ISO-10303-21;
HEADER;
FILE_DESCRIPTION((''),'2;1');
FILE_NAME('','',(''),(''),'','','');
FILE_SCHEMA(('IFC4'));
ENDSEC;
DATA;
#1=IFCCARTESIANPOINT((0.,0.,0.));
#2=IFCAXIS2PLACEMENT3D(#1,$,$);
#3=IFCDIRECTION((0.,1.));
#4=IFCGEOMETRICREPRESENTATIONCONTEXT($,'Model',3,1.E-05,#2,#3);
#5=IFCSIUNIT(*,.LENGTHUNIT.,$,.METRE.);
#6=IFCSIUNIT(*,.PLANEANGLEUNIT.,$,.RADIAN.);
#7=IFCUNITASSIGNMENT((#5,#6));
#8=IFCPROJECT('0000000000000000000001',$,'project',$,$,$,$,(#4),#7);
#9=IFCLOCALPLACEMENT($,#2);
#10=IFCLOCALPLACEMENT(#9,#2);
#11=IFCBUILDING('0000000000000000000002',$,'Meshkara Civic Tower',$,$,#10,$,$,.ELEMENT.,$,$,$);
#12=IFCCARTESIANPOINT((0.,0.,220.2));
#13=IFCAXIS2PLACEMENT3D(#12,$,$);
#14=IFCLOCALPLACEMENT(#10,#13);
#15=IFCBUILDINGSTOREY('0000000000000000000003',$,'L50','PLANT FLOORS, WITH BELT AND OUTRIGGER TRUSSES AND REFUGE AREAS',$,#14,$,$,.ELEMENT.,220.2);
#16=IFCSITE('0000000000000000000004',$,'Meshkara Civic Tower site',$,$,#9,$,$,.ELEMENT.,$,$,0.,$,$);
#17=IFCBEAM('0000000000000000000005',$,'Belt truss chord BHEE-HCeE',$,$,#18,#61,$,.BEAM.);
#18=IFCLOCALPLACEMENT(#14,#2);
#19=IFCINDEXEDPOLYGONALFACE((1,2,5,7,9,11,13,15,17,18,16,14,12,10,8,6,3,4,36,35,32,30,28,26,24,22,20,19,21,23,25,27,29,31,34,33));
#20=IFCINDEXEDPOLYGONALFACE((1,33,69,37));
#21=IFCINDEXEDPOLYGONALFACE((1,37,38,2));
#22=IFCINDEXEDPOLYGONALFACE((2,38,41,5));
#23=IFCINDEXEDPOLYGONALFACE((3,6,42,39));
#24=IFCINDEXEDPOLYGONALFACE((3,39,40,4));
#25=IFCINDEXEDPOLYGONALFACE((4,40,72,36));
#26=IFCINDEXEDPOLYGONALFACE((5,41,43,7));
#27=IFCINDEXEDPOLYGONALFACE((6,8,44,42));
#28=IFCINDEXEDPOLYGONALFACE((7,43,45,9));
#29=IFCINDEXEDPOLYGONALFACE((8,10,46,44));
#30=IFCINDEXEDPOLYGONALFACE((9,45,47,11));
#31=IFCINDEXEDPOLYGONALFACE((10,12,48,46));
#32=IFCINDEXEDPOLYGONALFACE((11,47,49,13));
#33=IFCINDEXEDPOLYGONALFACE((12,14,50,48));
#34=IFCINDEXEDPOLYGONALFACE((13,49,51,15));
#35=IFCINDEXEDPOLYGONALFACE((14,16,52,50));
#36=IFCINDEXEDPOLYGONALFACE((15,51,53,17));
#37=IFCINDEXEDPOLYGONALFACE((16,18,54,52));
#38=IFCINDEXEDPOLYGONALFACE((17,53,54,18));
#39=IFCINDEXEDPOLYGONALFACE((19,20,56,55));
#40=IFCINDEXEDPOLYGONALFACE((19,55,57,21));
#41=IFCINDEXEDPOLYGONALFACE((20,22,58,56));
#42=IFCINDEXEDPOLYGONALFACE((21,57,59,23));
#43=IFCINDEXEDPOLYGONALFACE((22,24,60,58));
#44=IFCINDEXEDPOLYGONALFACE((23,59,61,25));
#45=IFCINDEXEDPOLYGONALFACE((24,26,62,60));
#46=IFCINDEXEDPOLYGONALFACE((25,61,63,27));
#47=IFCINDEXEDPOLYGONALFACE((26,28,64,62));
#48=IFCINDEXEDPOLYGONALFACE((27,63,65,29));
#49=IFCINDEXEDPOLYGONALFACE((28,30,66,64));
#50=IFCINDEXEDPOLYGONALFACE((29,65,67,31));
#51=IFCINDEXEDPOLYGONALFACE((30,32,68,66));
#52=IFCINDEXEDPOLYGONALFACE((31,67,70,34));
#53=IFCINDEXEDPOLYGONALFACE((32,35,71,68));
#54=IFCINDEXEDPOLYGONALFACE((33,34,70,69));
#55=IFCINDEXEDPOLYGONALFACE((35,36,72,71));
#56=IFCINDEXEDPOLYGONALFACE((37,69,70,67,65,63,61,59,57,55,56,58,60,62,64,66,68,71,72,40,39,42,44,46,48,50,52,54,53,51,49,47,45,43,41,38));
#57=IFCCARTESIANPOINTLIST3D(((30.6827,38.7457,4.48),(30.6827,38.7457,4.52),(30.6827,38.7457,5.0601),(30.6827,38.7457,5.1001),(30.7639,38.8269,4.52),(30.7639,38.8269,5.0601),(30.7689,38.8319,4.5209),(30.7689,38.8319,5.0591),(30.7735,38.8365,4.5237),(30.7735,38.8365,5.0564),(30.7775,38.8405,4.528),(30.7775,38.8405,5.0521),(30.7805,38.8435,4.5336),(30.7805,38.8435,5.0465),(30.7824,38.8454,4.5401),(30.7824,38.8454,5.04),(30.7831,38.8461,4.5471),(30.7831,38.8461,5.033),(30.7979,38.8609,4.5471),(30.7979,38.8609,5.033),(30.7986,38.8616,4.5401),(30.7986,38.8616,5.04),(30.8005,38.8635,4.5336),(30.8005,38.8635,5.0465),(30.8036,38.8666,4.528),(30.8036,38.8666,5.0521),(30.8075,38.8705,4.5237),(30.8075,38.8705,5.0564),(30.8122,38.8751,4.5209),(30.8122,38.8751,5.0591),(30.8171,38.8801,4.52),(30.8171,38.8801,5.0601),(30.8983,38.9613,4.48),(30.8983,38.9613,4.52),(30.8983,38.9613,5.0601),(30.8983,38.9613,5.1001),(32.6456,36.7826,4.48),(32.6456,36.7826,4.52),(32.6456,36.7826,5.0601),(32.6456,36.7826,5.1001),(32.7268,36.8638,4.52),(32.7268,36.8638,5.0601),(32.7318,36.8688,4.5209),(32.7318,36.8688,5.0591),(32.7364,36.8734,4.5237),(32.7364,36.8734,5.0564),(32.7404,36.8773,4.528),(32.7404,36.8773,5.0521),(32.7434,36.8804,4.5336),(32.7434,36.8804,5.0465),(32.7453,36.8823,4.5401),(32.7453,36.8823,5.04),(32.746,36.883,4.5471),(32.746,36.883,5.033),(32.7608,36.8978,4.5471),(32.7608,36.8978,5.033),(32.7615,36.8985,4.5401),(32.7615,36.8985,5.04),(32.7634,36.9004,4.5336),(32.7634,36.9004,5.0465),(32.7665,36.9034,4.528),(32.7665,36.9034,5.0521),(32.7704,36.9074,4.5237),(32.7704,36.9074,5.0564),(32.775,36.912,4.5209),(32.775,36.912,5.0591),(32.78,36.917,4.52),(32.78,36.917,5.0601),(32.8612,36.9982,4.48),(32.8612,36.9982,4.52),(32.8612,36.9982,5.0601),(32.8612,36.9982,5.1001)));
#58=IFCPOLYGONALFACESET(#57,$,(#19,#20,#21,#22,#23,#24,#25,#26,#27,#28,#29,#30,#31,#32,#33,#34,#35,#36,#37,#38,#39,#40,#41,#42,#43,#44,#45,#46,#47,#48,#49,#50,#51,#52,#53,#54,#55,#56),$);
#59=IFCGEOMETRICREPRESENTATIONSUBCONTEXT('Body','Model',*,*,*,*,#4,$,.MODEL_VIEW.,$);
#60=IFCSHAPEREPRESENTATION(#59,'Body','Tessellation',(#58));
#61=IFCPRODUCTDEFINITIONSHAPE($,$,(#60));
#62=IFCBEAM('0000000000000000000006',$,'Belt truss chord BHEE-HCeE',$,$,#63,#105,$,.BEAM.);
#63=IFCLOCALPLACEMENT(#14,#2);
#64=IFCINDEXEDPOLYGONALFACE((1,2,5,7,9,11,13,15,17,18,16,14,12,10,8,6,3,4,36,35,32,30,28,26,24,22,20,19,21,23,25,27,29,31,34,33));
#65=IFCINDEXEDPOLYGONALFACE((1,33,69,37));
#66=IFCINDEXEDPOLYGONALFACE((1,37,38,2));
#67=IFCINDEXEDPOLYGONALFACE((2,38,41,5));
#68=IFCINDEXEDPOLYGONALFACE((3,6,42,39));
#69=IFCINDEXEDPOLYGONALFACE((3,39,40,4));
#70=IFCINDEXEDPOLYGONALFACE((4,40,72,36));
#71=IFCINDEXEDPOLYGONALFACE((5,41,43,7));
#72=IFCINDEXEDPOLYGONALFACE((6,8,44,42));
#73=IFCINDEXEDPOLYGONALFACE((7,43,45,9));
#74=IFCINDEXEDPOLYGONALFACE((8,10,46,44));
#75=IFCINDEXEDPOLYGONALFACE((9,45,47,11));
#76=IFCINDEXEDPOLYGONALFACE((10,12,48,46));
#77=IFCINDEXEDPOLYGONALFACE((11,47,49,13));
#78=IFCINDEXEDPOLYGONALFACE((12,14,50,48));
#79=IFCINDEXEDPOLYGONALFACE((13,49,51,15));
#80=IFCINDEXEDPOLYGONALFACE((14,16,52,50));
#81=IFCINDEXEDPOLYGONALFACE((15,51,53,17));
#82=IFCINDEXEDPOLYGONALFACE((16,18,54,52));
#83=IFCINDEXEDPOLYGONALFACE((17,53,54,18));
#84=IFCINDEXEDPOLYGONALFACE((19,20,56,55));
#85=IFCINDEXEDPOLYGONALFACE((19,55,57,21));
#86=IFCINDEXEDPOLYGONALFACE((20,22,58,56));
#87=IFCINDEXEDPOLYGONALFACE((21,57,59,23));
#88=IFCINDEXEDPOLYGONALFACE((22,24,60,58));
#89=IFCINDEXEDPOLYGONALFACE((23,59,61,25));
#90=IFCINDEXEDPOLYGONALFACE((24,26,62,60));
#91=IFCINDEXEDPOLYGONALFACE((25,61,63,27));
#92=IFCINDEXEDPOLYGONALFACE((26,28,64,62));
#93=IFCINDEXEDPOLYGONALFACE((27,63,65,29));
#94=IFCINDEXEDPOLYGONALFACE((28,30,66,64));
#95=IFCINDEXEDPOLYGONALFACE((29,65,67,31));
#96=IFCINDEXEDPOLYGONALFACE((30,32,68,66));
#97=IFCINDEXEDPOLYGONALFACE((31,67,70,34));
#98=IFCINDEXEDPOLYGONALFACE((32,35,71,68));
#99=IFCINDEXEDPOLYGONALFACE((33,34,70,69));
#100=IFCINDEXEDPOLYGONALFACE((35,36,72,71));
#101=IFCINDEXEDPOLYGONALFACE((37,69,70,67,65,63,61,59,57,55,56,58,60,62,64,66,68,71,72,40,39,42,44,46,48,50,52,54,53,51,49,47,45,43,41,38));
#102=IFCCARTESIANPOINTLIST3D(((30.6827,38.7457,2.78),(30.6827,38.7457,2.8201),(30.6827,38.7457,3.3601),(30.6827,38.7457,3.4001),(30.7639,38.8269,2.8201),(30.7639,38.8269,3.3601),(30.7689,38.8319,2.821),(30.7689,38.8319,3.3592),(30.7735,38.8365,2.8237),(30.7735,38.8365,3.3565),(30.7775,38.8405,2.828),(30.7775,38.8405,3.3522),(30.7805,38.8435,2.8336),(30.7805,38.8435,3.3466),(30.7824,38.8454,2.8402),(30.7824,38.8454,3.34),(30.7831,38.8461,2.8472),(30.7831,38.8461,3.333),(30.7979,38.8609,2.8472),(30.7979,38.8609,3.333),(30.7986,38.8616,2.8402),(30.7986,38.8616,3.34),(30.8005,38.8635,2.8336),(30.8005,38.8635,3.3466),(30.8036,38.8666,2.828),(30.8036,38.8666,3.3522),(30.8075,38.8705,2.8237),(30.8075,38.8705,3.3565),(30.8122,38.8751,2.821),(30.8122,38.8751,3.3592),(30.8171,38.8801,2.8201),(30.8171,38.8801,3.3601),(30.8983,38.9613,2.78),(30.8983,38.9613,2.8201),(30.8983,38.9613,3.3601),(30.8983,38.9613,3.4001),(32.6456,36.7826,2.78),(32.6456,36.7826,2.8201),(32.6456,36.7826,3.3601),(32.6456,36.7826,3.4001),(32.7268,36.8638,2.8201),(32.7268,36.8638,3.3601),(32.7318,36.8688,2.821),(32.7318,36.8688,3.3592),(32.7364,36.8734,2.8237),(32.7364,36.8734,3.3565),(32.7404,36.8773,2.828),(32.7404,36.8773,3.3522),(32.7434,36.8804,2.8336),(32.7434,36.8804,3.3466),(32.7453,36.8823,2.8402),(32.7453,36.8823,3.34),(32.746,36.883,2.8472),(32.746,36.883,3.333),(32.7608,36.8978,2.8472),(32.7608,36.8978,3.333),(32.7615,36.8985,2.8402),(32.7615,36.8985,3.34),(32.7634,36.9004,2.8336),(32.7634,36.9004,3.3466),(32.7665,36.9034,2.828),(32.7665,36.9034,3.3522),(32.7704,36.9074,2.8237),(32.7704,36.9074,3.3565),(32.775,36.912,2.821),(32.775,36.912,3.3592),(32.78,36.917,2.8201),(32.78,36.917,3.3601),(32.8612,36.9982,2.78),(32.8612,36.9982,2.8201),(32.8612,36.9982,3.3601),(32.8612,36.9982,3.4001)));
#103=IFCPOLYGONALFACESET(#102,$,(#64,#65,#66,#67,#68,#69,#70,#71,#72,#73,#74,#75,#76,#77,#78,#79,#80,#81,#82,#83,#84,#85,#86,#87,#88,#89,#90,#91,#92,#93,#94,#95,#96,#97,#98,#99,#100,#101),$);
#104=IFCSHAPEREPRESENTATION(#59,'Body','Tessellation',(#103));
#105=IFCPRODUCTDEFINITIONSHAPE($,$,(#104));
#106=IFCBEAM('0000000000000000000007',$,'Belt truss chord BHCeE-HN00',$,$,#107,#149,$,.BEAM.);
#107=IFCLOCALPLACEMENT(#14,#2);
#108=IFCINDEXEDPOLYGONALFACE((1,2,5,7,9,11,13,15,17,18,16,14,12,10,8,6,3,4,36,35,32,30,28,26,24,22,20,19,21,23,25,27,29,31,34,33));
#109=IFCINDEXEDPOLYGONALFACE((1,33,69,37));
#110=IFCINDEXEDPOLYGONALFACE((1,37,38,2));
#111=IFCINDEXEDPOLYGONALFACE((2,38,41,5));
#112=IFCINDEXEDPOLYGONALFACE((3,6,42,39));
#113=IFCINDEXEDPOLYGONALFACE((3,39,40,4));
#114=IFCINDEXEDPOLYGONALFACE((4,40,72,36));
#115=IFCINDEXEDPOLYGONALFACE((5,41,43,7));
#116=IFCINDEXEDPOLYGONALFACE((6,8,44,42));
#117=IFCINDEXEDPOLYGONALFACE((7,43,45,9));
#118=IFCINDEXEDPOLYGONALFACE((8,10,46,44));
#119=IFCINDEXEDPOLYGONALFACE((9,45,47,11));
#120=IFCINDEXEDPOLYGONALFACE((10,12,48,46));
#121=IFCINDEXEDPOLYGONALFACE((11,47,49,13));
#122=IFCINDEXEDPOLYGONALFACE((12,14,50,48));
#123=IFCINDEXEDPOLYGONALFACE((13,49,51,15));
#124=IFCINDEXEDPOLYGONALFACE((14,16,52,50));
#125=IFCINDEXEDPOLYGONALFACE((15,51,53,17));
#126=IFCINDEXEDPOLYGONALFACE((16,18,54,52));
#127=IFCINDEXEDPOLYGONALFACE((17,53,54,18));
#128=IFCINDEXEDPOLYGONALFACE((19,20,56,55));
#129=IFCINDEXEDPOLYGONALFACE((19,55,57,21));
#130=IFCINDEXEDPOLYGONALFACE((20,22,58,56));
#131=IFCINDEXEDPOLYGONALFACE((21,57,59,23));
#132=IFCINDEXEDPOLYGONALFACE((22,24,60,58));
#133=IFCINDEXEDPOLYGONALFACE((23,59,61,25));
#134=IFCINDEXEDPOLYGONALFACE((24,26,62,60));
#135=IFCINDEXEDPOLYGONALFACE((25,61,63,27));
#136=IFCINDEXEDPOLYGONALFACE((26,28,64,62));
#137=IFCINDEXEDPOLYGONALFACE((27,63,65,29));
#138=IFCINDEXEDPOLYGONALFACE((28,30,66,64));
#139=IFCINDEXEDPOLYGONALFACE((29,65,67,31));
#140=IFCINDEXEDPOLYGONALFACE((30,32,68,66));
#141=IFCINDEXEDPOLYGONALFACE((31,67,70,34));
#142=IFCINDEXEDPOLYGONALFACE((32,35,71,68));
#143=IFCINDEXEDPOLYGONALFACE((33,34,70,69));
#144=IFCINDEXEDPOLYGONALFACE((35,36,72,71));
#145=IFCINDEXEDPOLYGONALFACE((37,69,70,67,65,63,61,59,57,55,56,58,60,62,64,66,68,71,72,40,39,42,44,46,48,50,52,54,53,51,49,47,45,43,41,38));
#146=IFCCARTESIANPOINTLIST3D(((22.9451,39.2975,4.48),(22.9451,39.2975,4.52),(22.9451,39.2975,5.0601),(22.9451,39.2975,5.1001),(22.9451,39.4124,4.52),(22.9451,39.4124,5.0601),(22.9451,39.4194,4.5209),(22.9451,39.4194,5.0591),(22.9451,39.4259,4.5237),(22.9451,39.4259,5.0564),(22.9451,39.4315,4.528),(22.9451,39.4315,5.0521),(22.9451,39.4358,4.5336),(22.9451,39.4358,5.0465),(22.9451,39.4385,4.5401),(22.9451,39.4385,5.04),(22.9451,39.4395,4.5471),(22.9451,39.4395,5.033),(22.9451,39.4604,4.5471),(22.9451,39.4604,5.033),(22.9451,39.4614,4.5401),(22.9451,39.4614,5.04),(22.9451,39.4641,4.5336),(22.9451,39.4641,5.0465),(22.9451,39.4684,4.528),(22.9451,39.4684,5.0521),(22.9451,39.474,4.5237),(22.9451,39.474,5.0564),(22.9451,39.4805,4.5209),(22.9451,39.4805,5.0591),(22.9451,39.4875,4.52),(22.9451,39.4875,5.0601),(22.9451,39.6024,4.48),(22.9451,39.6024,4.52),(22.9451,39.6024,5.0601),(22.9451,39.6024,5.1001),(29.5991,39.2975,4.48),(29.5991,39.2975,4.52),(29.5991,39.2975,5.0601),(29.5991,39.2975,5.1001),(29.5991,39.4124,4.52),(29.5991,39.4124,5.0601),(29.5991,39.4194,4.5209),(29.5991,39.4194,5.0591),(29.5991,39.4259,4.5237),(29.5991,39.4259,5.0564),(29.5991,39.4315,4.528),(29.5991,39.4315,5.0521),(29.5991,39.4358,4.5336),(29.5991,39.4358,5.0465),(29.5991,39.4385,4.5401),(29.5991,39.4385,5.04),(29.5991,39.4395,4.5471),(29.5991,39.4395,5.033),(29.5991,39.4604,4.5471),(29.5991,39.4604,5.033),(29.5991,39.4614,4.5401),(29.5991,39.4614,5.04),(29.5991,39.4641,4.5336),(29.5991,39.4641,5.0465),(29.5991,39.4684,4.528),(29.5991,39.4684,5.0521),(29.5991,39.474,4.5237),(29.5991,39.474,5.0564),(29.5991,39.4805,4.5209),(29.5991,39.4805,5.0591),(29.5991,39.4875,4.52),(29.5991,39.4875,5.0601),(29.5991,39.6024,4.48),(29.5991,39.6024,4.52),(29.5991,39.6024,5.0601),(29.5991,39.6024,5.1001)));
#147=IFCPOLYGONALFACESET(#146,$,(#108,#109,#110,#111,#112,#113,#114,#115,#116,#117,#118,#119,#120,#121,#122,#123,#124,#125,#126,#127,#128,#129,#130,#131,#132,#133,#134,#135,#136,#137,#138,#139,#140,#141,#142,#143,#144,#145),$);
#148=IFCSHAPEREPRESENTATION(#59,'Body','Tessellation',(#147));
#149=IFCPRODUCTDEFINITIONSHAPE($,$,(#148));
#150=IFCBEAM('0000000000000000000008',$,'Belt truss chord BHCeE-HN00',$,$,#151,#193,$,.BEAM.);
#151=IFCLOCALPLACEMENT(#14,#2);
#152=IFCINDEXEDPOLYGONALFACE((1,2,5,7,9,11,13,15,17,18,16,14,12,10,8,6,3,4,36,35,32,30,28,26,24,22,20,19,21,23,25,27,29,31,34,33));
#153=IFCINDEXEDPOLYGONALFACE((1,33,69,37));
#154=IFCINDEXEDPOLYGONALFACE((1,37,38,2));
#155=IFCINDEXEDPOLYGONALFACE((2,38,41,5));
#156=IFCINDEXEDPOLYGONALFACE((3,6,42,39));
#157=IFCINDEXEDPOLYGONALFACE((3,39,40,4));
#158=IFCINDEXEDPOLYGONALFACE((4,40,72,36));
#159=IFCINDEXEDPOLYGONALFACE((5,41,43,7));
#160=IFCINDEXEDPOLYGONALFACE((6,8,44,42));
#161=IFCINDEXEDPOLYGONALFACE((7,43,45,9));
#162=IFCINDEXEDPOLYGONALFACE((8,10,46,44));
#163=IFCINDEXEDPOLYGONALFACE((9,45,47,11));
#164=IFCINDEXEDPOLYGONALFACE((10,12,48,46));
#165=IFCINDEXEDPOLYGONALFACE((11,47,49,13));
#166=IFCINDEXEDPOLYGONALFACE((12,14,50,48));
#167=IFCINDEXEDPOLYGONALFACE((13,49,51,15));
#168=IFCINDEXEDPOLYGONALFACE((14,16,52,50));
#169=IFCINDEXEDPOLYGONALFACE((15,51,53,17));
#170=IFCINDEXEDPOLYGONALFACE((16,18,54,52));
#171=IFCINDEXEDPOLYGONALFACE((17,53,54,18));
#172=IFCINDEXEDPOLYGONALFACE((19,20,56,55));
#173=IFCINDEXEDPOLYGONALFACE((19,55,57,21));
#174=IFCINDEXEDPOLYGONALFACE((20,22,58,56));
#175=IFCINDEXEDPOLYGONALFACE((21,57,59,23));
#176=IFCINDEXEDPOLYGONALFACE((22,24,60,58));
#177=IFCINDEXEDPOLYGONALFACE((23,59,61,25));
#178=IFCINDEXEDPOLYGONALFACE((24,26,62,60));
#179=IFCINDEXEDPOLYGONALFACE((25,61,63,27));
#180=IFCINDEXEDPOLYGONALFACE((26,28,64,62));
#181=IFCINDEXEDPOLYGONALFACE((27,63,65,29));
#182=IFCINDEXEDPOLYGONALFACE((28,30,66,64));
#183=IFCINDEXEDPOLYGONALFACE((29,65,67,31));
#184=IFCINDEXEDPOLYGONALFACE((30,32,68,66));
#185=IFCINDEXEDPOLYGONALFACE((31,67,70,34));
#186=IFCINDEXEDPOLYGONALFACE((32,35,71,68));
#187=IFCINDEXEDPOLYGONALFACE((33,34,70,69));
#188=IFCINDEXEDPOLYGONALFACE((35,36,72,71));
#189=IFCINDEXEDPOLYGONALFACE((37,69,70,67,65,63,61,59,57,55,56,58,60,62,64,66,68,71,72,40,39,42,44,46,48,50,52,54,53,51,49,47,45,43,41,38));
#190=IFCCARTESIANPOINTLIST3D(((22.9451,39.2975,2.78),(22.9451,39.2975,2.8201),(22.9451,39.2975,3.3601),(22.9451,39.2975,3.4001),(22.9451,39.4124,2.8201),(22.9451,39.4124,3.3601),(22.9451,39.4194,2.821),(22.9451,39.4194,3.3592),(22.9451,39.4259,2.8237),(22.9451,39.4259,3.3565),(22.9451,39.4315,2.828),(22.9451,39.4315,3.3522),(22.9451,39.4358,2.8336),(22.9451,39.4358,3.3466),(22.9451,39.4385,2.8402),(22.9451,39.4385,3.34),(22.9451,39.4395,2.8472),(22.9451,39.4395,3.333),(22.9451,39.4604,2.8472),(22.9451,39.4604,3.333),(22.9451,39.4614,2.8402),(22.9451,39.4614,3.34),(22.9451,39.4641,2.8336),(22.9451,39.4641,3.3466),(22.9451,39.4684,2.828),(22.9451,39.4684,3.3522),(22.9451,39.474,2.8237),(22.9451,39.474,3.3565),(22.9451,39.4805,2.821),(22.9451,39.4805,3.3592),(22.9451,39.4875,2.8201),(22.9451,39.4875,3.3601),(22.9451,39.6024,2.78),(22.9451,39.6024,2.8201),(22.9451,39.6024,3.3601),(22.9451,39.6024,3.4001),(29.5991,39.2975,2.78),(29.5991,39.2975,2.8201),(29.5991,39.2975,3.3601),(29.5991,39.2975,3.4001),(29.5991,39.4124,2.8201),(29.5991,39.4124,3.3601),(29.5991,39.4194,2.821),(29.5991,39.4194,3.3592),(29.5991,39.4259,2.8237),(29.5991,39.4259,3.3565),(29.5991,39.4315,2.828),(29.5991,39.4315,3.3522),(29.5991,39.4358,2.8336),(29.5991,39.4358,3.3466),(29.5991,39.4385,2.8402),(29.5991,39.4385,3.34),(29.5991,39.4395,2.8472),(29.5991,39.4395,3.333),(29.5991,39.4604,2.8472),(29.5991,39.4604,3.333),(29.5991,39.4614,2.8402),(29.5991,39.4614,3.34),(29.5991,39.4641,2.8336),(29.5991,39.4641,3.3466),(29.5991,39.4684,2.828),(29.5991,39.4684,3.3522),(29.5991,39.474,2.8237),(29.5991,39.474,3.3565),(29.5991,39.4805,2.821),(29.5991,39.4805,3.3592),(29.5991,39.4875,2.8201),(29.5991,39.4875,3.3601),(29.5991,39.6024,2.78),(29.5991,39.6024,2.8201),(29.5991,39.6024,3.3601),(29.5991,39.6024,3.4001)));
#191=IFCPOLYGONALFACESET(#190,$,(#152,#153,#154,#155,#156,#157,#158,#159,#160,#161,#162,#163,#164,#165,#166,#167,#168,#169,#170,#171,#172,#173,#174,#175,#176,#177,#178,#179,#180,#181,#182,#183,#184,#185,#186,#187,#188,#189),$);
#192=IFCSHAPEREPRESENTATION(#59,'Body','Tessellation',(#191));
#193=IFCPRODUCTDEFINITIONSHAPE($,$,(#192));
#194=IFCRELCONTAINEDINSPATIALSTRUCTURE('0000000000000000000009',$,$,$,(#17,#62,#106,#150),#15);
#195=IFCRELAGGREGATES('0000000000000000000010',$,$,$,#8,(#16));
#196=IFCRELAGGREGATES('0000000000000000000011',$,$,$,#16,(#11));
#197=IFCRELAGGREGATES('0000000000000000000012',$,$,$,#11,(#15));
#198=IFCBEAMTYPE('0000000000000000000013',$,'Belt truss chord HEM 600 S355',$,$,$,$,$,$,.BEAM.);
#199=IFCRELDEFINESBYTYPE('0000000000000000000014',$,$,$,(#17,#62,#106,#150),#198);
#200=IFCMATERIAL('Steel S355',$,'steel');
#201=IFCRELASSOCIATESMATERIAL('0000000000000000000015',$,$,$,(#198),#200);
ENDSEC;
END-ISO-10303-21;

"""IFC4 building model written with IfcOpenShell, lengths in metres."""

from ifc_helpers import new_model, si_unit, direction, frame, origin, origin_2d, place, context, subcontext, project, spatial, i_section, extrude, material, material_profile, profile_set, type_object, element, save


model = new_model("IFC4")

# Units and contexts
model_context = context("Model", 3, precision=1e-05, world=origin(), true_north=direction((0.0, 1.0)))
body_context = subcontext(model_context, "Body", "Model", "MODEL_VIEW")
ifc_project = project(units=[si_unit("LENGTHUNIT", "METRE"), si_unit("PLANEANGLEUNIT", "RADIAN")], contexts=[model_context])

# Site, building, storey
site_placement = place(None, origin())
site = spatial("IfcSite", under=ifc_project, at=site_placement, Name="Meshkara Civic Tower site", CompositionType="ELEMENT", RefElevation=0.0)
building_placement = place(site_placement, origin())
building = spatial("IfcBuilding", under=site, at=building_placement, Name="Meshkara Civic Tower", CompositionType="ELEMENT")
storey_placement = place(building_placement, frame((0.0, 0.0, 220.2)))
storey = spatial("IfcBuildingStorey", under=building, at=storey_placement, Name="L50", Description="PLANT FLOORS, WITH BELT AND OUTRIGGER TRUSSES AND REFUGE AREAS", CompositionType="ELEMENT", Elevation=220.2)

# Beams
ifc_material_1 = material(Name="Steel S355", Category="steel")
ifc_material_profile_1 = material_profile(ifc_material_1, i_section(OverallWidth=0.3049, OverallDepth=0.6201, WebThickness=0.021, FlangeThickness=0.04, FilletRadius=0.0271, at=origin_2d()))
ifc_profile_set_1 = profile_set([ifc_material_profile_1], Name="Steel S355")
beam_type = type_object("IfcBeamType", Name="Belt truss chord HEM 600 S355", PredefinedType="BEAM", material=ifc_profile_set_1)
for number, where, z_axis, x_axis, name in (
    (1, (32.7534, 36.8904, 4.79), (-0.707063, 0.707151, 0.0), (-0.707151, -0.707063, 0.0), "Belt truss chord BHEE-HCeE"),
    (2, (32.7534, 36.8904, 3.0901), (-0.707063, 0.707151, 0.0), (-0.707151, -0.707063, 0.0), "Belt truss chord BHEE-HCeE"),
):
    element("IfcBeam", number, at=place(storey_placement, frame(where, z_axis=z_axis, x_axis=x_axis)), inside=storey, type_object=beam_type, Name=name, PredefinedType="BEAM", context=body_context, shape_type="SweptSolid", body=[
        extrude(i_section(OverallWidth=0.3049, OverallDepth=0.6201, WebThickness=0.021, FlangeThickness=0.04, FilletRadius=0.0271, at=origin_2d()), origin(), (0.0, 0.0, 1.0), 2.7761),
    ])
for number, where, z_axis, x_axis, name in (
    (3, (29.5991, 39.45, 4.79), (-1.0, 0.0, 0.0), (0.0, -1.0, 0.0), "Belt truss chord BHCeE-HN00"),
    (4, (29.5991, 39.45, 3.0901), (-1.0, 0.0, 0.0), (0.0, -1.0, 0.0), "Belt truss chord BHCeE-HN00"),
):
    element("IfcBeam", number, at=place(storey_placement, frame(where, z_axis=z_axis, x_axis=x_axis)), inside=storey, type_object=beam_type, Name=name, PredefinedType="BEAM", context=body_context, shape_type="SweptSolid", body=[
        extrude(i_section(OverallWidth=0.3049, OverallDepth=0.6201, WebThickness=0.021, FlangeThickness=0.04, FilletRadius=0.0271, at=origin_2d()), origin(), (0.0, 0.0, 1.0), 6.6541),
    ])

save(model, "model.ifc")
